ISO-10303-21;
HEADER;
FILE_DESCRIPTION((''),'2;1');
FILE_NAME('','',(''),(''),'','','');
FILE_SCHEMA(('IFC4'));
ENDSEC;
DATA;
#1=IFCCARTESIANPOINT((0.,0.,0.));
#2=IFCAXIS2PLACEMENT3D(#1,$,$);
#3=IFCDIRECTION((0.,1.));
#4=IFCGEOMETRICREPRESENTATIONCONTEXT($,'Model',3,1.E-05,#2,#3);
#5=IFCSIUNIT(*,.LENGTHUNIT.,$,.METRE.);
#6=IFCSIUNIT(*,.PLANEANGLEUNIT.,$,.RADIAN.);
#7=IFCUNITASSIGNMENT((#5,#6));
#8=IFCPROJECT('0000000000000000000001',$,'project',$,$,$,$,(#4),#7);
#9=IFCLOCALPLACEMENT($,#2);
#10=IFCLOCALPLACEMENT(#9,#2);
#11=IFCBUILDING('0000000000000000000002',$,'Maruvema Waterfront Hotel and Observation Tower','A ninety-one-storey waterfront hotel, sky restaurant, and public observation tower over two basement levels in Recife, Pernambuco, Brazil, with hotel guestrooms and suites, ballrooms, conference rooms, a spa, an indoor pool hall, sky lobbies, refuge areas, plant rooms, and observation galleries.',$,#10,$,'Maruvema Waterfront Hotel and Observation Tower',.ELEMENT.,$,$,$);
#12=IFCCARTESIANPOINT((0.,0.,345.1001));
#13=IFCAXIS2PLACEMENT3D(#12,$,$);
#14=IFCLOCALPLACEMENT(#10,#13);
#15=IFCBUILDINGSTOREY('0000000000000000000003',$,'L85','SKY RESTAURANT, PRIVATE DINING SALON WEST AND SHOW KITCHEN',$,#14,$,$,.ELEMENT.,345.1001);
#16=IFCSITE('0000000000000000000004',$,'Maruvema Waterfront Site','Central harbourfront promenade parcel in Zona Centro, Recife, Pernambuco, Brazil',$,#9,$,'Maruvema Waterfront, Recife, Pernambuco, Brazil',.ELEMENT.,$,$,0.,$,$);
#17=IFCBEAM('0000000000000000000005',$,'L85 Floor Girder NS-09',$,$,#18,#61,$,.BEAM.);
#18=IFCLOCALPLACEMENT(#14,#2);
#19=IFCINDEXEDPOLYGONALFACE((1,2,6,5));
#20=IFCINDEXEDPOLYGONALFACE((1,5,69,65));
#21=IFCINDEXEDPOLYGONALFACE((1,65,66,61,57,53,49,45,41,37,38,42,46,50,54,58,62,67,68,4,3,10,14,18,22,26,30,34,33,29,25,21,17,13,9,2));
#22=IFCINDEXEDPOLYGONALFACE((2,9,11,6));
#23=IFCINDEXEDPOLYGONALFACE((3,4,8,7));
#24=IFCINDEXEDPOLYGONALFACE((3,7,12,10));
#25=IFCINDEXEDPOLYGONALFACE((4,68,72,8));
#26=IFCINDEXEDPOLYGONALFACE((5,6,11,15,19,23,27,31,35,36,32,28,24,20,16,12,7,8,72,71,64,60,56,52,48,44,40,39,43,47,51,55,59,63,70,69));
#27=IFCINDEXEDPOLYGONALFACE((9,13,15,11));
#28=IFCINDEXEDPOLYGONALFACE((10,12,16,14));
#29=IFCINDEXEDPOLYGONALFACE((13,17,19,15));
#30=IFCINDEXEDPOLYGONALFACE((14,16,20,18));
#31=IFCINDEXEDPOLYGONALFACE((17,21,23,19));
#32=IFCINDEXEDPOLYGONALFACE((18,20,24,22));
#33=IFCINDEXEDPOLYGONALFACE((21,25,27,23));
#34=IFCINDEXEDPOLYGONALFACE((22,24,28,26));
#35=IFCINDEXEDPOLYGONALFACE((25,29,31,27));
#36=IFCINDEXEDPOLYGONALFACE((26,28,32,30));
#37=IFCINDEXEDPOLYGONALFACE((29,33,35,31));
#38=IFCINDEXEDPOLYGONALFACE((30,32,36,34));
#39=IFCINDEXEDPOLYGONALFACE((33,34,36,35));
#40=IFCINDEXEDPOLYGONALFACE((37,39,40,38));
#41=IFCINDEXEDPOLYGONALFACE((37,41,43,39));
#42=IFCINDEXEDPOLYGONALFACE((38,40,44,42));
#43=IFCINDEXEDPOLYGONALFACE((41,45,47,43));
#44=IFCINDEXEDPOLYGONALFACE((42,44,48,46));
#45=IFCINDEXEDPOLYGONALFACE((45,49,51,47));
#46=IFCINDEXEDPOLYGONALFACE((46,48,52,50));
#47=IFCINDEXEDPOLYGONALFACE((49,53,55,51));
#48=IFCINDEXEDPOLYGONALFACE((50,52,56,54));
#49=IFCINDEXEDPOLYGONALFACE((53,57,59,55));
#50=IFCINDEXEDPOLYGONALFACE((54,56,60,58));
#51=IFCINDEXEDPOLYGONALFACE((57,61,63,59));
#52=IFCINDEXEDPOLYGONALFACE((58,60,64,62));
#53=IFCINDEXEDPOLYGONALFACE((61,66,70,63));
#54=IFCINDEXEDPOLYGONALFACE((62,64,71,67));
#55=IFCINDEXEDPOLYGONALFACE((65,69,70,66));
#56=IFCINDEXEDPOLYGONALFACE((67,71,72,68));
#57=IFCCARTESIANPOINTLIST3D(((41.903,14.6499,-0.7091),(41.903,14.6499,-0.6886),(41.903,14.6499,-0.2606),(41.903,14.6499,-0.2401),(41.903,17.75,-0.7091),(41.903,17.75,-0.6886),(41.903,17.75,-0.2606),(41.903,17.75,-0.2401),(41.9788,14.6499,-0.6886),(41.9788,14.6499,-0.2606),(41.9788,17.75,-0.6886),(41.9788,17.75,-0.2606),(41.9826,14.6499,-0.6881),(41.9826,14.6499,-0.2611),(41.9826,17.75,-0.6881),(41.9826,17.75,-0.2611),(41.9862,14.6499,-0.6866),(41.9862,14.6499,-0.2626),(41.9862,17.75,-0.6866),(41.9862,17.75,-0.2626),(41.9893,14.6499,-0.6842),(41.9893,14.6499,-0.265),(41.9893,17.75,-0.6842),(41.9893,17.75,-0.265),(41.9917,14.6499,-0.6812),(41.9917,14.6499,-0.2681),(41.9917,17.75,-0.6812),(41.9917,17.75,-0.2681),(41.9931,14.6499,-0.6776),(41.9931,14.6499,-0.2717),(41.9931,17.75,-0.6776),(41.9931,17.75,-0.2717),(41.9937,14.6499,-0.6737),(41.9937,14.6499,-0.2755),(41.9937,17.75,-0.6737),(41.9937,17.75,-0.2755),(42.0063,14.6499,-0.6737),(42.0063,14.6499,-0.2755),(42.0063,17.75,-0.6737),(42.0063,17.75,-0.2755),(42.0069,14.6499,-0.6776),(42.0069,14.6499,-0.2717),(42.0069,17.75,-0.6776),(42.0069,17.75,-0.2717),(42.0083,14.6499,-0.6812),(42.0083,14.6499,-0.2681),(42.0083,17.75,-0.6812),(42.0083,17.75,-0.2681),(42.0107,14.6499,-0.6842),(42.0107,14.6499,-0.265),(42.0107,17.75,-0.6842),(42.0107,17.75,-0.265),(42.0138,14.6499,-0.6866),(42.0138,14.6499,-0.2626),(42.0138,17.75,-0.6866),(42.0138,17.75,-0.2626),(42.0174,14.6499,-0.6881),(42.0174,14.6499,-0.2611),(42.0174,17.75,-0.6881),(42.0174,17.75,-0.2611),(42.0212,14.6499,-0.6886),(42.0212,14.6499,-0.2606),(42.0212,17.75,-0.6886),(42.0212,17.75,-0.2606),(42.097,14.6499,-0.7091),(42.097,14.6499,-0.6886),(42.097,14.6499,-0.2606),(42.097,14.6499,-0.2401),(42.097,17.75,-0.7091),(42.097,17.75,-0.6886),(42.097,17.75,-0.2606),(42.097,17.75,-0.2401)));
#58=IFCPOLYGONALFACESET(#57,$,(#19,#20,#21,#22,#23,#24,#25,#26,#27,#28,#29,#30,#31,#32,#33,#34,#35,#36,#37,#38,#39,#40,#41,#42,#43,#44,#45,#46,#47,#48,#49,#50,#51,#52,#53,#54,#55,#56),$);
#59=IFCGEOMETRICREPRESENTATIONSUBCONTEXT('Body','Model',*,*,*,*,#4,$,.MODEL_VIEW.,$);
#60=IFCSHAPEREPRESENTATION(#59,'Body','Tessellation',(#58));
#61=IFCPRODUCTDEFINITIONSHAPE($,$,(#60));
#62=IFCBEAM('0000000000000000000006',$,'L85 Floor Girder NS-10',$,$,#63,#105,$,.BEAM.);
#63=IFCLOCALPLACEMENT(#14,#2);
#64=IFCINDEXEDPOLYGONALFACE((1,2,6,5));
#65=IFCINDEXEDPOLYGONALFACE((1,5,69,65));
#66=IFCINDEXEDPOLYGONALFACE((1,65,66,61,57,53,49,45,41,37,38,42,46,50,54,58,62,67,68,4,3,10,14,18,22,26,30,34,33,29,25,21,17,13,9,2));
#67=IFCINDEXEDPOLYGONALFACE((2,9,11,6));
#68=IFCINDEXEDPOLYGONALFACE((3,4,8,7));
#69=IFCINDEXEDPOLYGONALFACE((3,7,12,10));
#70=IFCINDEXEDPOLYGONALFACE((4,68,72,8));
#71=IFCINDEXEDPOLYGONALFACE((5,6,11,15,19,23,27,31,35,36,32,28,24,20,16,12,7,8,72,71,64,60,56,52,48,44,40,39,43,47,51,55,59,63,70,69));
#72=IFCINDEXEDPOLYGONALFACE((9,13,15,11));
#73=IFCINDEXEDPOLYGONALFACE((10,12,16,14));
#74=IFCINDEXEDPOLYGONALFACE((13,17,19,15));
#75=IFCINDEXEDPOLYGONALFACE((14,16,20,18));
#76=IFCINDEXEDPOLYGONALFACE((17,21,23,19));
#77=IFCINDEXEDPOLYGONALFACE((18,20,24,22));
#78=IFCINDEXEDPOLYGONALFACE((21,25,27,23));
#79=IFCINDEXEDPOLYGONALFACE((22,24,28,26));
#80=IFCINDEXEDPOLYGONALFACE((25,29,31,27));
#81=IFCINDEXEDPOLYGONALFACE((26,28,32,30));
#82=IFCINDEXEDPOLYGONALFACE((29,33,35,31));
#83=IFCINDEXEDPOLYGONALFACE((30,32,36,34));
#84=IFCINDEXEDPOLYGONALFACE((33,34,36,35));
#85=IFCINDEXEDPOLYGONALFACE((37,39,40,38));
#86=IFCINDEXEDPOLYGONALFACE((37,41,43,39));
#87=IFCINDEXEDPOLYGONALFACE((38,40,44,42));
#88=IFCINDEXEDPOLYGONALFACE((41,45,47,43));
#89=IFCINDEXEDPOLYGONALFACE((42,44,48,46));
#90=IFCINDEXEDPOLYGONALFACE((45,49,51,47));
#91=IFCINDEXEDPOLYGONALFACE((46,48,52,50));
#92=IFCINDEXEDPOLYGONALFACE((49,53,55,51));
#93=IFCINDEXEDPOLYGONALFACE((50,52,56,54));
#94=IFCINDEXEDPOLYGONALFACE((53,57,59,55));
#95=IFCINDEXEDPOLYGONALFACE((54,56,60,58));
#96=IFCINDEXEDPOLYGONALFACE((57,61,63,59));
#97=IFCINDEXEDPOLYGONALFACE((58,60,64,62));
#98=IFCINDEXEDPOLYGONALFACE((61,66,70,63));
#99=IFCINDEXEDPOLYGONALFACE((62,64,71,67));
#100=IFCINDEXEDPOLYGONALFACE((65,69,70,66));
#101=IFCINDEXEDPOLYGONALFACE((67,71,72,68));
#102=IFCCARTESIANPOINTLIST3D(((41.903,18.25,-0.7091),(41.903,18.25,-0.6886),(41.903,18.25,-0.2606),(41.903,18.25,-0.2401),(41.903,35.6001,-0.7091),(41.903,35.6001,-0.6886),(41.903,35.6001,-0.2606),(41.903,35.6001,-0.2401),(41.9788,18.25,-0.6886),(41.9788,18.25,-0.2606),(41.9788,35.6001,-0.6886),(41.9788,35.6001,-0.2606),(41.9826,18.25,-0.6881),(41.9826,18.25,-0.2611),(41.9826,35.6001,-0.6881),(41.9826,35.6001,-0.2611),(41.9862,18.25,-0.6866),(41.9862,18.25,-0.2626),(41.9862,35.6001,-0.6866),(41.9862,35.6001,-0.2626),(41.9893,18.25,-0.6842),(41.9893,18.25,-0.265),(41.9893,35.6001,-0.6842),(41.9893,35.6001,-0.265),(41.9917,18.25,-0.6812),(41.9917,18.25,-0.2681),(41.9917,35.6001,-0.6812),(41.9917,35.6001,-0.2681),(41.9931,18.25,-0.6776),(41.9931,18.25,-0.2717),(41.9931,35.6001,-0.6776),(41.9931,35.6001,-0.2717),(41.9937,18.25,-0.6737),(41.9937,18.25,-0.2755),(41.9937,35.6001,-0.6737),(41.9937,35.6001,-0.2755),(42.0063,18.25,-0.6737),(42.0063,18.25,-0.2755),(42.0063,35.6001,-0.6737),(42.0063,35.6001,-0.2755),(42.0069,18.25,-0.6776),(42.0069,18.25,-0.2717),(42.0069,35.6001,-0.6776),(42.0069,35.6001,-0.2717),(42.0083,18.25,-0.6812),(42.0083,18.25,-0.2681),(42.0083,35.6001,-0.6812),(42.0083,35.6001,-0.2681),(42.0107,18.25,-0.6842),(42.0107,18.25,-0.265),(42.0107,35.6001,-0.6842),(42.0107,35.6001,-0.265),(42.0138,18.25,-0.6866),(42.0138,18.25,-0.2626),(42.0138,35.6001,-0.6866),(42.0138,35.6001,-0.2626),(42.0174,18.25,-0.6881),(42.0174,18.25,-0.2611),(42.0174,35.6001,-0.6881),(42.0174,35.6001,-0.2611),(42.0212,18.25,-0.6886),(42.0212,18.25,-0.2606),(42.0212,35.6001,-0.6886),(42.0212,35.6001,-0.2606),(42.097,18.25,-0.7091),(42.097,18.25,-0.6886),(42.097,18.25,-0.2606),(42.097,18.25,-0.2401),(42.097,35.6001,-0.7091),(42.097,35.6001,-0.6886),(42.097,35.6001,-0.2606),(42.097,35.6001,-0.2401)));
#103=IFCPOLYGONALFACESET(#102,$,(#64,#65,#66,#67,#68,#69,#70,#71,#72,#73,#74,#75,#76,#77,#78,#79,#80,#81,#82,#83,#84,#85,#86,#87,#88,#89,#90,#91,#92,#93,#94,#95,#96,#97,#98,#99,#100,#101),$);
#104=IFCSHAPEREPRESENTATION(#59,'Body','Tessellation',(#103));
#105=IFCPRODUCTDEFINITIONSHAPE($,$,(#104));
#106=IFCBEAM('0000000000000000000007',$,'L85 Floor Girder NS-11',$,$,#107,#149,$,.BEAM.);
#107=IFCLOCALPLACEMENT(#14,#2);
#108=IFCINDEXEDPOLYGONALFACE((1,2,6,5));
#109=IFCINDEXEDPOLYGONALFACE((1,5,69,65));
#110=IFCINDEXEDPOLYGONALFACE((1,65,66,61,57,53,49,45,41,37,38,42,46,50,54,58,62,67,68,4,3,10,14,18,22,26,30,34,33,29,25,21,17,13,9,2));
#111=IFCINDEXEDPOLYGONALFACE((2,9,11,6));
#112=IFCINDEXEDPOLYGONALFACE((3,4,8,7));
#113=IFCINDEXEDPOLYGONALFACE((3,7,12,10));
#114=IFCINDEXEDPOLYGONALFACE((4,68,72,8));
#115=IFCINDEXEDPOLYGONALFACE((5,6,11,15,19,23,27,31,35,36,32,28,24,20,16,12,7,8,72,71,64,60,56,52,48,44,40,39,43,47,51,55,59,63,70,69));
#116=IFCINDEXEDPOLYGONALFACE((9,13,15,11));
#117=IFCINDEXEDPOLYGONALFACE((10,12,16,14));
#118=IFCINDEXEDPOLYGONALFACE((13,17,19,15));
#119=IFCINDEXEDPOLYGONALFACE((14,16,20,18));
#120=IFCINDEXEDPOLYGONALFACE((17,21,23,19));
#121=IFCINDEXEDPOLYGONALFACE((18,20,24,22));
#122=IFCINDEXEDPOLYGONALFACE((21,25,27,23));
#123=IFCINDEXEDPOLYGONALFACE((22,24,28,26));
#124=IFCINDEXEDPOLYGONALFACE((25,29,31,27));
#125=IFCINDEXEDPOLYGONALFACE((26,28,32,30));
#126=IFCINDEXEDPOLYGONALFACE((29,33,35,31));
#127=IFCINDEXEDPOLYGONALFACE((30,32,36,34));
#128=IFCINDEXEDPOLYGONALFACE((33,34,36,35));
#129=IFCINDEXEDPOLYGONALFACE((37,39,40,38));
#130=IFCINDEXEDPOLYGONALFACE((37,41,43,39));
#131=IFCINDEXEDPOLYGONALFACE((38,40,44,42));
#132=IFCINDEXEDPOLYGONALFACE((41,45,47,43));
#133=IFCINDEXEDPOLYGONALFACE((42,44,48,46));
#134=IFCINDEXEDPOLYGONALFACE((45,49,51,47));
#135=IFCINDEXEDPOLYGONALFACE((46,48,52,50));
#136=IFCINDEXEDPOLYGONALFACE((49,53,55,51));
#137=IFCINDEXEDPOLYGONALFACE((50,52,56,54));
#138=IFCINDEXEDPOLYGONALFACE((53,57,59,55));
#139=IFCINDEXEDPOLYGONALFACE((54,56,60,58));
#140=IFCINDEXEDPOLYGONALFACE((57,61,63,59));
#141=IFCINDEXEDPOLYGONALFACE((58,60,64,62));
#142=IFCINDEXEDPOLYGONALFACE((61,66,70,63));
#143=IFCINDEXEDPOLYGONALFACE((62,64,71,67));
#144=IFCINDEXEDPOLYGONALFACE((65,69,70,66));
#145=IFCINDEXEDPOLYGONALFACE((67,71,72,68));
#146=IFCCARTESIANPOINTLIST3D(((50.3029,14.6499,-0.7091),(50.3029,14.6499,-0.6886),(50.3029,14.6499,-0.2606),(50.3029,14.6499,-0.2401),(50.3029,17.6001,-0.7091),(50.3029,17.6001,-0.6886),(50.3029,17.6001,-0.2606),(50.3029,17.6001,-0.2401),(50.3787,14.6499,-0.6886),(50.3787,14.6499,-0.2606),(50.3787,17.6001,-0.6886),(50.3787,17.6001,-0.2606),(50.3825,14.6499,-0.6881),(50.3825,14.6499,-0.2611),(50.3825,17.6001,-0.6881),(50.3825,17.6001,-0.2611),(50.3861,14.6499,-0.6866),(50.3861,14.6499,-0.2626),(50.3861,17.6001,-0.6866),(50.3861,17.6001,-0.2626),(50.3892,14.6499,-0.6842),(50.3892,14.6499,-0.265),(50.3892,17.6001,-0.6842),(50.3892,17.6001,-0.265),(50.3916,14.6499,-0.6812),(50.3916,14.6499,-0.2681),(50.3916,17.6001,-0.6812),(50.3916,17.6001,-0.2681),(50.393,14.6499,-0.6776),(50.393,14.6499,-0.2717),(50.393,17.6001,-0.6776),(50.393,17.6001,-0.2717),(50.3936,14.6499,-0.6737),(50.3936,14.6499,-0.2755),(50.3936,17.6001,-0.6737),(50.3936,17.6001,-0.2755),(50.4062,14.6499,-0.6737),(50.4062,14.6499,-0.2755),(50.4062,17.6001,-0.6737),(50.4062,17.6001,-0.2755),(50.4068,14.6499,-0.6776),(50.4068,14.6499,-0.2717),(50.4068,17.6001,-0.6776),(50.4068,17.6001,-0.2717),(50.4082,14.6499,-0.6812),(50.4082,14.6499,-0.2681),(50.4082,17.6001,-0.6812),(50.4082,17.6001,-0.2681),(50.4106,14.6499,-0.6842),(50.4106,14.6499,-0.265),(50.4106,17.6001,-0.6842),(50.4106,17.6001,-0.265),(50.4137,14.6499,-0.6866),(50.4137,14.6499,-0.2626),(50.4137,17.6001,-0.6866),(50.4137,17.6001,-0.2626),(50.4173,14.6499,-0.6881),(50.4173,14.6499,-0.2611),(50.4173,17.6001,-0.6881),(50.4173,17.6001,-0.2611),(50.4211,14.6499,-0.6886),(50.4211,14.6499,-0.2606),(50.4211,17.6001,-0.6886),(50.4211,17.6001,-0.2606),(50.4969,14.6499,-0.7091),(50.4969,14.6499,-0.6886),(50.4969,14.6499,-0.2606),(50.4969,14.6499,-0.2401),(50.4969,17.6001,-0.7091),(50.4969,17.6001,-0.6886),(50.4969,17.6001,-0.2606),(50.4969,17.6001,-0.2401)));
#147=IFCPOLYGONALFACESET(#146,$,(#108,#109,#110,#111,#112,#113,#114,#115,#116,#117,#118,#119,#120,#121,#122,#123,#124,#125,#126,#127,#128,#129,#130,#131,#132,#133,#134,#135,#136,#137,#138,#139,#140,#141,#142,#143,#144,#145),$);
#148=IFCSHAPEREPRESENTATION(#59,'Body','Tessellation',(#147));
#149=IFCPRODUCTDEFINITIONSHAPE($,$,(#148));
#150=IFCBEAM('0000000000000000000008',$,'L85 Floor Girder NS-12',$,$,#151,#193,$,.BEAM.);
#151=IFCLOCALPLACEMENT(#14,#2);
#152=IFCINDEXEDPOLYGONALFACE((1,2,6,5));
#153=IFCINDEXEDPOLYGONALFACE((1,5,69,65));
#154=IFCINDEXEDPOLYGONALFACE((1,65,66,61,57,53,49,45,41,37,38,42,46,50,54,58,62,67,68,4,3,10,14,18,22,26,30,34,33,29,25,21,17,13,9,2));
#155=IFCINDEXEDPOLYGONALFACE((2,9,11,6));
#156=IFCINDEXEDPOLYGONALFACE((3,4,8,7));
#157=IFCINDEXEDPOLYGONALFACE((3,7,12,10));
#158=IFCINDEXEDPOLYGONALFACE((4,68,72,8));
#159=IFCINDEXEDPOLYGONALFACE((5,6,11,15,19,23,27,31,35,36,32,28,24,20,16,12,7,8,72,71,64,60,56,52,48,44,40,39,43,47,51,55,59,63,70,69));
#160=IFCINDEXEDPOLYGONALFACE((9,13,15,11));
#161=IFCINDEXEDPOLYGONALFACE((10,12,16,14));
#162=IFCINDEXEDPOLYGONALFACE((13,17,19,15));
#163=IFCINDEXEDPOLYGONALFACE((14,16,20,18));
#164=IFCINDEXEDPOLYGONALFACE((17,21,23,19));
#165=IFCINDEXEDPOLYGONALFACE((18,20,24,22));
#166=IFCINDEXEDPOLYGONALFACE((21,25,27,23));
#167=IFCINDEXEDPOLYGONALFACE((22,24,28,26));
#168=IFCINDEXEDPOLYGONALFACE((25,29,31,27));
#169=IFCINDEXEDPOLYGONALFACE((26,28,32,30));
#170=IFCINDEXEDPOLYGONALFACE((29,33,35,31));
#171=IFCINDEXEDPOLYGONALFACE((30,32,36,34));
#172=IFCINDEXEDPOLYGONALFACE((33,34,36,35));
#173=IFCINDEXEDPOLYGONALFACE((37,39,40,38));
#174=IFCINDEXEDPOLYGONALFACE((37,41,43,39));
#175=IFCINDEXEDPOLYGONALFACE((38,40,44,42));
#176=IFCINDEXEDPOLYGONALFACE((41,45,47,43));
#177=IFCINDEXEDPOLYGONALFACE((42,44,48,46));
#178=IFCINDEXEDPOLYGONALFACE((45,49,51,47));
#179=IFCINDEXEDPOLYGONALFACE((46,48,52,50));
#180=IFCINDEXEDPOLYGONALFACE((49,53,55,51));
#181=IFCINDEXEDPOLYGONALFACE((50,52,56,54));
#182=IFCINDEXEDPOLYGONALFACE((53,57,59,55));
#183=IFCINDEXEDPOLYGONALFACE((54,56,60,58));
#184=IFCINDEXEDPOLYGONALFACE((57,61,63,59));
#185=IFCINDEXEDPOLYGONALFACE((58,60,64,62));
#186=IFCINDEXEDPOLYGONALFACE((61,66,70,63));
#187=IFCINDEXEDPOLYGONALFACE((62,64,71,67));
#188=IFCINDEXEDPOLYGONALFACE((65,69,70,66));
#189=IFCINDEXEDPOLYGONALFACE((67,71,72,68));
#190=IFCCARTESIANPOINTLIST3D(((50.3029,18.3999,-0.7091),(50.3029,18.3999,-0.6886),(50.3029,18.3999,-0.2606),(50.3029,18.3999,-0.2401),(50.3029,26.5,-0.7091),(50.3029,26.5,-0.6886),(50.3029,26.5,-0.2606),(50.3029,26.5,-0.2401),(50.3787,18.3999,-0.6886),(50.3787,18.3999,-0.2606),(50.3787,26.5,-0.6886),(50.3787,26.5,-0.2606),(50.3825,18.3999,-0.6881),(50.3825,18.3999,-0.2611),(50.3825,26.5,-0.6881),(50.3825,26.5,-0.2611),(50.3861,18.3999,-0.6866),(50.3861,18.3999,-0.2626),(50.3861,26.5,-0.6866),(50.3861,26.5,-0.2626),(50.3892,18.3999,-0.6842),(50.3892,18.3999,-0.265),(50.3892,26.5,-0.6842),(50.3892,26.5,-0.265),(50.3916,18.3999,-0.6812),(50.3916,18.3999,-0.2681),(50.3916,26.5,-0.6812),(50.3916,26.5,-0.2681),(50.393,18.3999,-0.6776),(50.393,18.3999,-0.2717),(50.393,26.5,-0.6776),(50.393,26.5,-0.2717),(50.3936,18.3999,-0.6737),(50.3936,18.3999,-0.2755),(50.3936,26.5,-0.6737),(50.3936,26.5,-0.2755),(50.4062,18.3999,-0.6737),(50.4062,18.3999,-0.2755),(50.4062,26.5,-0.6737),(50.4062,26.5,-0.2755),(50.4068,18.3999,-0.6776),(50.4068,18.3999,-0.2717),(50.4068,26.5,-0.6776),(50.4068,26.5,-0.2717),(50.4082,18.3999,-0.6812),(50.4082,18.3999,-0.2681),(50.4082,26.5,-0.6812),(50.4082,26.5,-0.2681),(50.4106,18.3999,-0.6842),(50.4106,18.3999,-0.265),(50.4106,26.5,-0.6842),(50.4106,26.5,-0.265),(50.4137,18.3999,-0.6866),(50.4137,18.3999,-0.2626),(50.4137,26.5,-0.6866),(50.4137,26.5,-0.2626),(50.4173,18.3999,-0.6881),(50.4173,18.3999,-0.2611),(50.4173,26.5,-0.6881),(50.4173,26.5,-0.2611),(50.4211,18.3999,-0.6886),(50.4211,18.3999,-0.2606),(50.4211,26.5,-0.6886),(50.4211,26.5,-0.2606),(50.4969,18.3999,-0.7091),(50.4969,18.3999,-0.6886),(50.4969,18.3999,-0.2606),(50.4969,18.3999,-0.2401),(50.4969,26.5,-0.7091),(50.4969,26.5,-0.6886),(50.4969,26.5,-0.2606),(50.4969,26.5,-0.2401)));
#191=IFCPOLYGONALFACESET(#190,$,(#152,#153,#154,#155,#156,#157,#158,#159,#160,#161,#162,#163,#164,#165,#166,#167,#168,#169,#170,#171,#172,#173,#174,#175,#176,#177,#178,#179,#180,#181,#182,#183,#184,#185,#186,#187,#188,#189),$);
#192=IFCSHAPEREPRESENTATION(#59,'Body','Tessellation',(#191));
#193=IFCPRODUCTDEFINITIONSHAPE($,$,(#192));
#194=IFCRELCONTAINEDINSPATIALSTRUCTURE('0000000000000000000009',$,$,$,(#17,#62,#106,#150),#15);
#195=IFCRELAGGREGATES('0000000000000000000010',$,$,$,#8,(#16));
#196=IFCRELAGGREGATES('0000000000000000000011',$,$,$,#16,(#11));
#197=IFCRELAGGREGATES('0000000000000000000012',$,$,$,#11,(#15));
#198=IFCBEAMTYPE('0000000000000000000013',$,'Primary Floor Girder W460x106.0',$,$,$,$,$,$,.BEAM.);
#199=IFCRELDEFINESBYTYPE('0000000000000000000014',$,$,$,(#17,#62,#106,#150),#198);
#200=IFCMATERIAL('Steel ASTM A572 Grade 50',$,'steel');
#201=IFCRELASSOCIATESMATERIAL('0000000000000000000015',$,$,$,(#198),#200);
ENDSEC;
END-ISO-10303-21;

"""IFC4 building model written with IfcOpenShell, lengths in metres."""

from ifc_helpers import new_model, si_unit, direction, frame, origin, origin_2d, place, context, subcontext, project, spatial, i_section, extrude, material, material_profile, profile_set, type_object, element, save


model = new_model("IFC4")

# Units and contexts
model_context = context("Model", 3, precision=1e-05, world=origin(), true_north=direction((0.0, 1.0)))
body_context = subcontext(model_context, "Body", "Model", "MODEL_VIEW")
ifc_project = project(units=[si_unit("LENGTHUNIT", "METRE"), si_unit("PLANEANGLEUNIT", "RADIAN")], contexts=[model_context])

# Site, building, storey
site_placement = place(None, origin())
site = spatial("IfcSite", under=ifc_project, at=site_placement, Name="Maruvema Waterfront Site", Description="Central harbourfront promenade parcel in Zona Centro, Recife, Pernambuco, Brazil", LongName="Maruvema Waterfront, Recife, Pernambuco, Brazil", CompositionType="ELEMENT", RefElevation=0.0)
building_placement = place(site_placement, origin())
building = spatial("IfcBuilding", under=site, at=building_placement, Name="Maruvema Waterfront Hotel and Observation Tower", Description="A ninety-one-storey waterfront hotel, sky restaurant, and public observation tower over two basement levels in Recife, Pernambuco, Brazil, with hotel guestrooms and suites, ballrooms, conference rooms, a spa, an indoor pool hall, sky lobbies, refuge areas, plant rooms, and observation galleries.", LongName="Maruvema Waterfront Hotel and Observation Tower", CompositionType="ELEMENT")
storey_placement = place(building_placement, frame((0.0, 0.0, 345.1001)))
storey = spatial("IfcBuildingStorey", under=building, at=storey_placement, Name="L85", Description="SKY RESTAURANT, PRIVATE DINING SALON WEST AND SHOW KITCHEN", CompositionType="ELEMENT", Elevation=345.1001)

# Beams
ifc_material_1 = material(Name="Steel ASTM A572 Grade 50", Category="steel")
ifc_material_profile_1 = material_profile(ifc_material_1, i_section(OverallWidth=0.1941, OverallDepth=0.469, WebThickness=0.0127, FlangeThickness=0.0205, FilletRadius=0.0149, at=origin_2d()), Name="W460x106.0")
ifc_profile_set_1 = profile_set([ifc_material_profile_1], Name="Steel ASTM A572 Grade 50")
beam_type_1 = type_object("IfcBeamType", Name="Primary Floor Girder W460x106.0", PredefinedType="BEAM", material=ifc_profile_set_1)
beam_1_placement = place(storey_placement, frame((42.0, 14.6499, -0.4746), z_axis=(0.0, 1.0, 0.0), x_axis=(-1.0, 0.0, 0.0)))
element("IfcBeam", 1, at=beam_1_placement, inside=storey, type_object=beam_type_1, Name="L85 Floor Girder NS-09", PredefinedType="BEAM", context=body_context, shape_type="SweptSolid", body=[
    extrude(i_section(OverallWidth=0.1941, OverallDepth=0.469, WebThickness=0.0127, FlangeThickness=0.0205, FilletRadius=0.0149, at=origin_2d()), origin(), (0.0, 0.0, 1.0), 3.1001),
])
beam_2_placement = place(storey_placement, frame((42.0, 18.25, -0.4746), z_axis=(0.0, 1.0, 0.0), x_axis=(-1.0, 0.0, 0.0)))
element("IfcBeam", 2, at=beam_2_placement, inside=storey, type_object=beam_type_1, Name="L85 Floor Girder NS-10", PredefinedType="BEAM", context=body_context, shape_type="SweptSolid", body=[
    extrude(i_section(OverallWidth=0.1941, OverallDepth=0.469, WebThickness=0.0127, FlangeThickness=0.0205, FilletRadius=0.0149, at=origin_2d()), origin(), (0.0, 0.0, 1.0), 17.3501),
])
beam_3_placement = place(storey_placement, frame((50.3999, 14.6499, -0.4746), z_axis=(0.0, 1.0, 0.0), x_axis=(-1.0, 0.0, 0.0)))
element("IfcBeam", 3, at=beam_3_placement, inside=storey, type_object=beam_type_1, Name="L85 Floor Girder NS-11", PredefinedType="BEAM", context=body_context, shape_type="SweptSolid", body=[
    extrude(i_section(OverallWidth=0.1941, OverallDepth=0.469, WebThickness=0.0127, FlangeThickness=0.0205, FilletRadius=0.0149, at=origin_2d()), origin(), (0.0, 0.0, 1.0), 2.9502),
])
beam_4_placement = place(storey_placement, frame((50.3999, 18.3999, -0.4746), z_axis=(0.0, 1.0, 0.0), x_axis=(-1.0, 0.0, 0.0)))
element("IfcBeam", 4, at=beam_4_placement, inside=storey, type_object=beam_type_1, Name="L85 Floor Girder NS-12", PredefinedType="BEAM", context=body_context, shape_type="SweptSolid", body=[
    extrude(i_section(OverallWidth=0.1941, OverallDepth=0.469, WebThickness=0.0127, FlangeThickness=0.0205, FilletRadius=0.0149, at=origin_2d()), origin(), (0.0, 0.0, 1.0), 8.1001),
])

save(model, "model.ifc")
